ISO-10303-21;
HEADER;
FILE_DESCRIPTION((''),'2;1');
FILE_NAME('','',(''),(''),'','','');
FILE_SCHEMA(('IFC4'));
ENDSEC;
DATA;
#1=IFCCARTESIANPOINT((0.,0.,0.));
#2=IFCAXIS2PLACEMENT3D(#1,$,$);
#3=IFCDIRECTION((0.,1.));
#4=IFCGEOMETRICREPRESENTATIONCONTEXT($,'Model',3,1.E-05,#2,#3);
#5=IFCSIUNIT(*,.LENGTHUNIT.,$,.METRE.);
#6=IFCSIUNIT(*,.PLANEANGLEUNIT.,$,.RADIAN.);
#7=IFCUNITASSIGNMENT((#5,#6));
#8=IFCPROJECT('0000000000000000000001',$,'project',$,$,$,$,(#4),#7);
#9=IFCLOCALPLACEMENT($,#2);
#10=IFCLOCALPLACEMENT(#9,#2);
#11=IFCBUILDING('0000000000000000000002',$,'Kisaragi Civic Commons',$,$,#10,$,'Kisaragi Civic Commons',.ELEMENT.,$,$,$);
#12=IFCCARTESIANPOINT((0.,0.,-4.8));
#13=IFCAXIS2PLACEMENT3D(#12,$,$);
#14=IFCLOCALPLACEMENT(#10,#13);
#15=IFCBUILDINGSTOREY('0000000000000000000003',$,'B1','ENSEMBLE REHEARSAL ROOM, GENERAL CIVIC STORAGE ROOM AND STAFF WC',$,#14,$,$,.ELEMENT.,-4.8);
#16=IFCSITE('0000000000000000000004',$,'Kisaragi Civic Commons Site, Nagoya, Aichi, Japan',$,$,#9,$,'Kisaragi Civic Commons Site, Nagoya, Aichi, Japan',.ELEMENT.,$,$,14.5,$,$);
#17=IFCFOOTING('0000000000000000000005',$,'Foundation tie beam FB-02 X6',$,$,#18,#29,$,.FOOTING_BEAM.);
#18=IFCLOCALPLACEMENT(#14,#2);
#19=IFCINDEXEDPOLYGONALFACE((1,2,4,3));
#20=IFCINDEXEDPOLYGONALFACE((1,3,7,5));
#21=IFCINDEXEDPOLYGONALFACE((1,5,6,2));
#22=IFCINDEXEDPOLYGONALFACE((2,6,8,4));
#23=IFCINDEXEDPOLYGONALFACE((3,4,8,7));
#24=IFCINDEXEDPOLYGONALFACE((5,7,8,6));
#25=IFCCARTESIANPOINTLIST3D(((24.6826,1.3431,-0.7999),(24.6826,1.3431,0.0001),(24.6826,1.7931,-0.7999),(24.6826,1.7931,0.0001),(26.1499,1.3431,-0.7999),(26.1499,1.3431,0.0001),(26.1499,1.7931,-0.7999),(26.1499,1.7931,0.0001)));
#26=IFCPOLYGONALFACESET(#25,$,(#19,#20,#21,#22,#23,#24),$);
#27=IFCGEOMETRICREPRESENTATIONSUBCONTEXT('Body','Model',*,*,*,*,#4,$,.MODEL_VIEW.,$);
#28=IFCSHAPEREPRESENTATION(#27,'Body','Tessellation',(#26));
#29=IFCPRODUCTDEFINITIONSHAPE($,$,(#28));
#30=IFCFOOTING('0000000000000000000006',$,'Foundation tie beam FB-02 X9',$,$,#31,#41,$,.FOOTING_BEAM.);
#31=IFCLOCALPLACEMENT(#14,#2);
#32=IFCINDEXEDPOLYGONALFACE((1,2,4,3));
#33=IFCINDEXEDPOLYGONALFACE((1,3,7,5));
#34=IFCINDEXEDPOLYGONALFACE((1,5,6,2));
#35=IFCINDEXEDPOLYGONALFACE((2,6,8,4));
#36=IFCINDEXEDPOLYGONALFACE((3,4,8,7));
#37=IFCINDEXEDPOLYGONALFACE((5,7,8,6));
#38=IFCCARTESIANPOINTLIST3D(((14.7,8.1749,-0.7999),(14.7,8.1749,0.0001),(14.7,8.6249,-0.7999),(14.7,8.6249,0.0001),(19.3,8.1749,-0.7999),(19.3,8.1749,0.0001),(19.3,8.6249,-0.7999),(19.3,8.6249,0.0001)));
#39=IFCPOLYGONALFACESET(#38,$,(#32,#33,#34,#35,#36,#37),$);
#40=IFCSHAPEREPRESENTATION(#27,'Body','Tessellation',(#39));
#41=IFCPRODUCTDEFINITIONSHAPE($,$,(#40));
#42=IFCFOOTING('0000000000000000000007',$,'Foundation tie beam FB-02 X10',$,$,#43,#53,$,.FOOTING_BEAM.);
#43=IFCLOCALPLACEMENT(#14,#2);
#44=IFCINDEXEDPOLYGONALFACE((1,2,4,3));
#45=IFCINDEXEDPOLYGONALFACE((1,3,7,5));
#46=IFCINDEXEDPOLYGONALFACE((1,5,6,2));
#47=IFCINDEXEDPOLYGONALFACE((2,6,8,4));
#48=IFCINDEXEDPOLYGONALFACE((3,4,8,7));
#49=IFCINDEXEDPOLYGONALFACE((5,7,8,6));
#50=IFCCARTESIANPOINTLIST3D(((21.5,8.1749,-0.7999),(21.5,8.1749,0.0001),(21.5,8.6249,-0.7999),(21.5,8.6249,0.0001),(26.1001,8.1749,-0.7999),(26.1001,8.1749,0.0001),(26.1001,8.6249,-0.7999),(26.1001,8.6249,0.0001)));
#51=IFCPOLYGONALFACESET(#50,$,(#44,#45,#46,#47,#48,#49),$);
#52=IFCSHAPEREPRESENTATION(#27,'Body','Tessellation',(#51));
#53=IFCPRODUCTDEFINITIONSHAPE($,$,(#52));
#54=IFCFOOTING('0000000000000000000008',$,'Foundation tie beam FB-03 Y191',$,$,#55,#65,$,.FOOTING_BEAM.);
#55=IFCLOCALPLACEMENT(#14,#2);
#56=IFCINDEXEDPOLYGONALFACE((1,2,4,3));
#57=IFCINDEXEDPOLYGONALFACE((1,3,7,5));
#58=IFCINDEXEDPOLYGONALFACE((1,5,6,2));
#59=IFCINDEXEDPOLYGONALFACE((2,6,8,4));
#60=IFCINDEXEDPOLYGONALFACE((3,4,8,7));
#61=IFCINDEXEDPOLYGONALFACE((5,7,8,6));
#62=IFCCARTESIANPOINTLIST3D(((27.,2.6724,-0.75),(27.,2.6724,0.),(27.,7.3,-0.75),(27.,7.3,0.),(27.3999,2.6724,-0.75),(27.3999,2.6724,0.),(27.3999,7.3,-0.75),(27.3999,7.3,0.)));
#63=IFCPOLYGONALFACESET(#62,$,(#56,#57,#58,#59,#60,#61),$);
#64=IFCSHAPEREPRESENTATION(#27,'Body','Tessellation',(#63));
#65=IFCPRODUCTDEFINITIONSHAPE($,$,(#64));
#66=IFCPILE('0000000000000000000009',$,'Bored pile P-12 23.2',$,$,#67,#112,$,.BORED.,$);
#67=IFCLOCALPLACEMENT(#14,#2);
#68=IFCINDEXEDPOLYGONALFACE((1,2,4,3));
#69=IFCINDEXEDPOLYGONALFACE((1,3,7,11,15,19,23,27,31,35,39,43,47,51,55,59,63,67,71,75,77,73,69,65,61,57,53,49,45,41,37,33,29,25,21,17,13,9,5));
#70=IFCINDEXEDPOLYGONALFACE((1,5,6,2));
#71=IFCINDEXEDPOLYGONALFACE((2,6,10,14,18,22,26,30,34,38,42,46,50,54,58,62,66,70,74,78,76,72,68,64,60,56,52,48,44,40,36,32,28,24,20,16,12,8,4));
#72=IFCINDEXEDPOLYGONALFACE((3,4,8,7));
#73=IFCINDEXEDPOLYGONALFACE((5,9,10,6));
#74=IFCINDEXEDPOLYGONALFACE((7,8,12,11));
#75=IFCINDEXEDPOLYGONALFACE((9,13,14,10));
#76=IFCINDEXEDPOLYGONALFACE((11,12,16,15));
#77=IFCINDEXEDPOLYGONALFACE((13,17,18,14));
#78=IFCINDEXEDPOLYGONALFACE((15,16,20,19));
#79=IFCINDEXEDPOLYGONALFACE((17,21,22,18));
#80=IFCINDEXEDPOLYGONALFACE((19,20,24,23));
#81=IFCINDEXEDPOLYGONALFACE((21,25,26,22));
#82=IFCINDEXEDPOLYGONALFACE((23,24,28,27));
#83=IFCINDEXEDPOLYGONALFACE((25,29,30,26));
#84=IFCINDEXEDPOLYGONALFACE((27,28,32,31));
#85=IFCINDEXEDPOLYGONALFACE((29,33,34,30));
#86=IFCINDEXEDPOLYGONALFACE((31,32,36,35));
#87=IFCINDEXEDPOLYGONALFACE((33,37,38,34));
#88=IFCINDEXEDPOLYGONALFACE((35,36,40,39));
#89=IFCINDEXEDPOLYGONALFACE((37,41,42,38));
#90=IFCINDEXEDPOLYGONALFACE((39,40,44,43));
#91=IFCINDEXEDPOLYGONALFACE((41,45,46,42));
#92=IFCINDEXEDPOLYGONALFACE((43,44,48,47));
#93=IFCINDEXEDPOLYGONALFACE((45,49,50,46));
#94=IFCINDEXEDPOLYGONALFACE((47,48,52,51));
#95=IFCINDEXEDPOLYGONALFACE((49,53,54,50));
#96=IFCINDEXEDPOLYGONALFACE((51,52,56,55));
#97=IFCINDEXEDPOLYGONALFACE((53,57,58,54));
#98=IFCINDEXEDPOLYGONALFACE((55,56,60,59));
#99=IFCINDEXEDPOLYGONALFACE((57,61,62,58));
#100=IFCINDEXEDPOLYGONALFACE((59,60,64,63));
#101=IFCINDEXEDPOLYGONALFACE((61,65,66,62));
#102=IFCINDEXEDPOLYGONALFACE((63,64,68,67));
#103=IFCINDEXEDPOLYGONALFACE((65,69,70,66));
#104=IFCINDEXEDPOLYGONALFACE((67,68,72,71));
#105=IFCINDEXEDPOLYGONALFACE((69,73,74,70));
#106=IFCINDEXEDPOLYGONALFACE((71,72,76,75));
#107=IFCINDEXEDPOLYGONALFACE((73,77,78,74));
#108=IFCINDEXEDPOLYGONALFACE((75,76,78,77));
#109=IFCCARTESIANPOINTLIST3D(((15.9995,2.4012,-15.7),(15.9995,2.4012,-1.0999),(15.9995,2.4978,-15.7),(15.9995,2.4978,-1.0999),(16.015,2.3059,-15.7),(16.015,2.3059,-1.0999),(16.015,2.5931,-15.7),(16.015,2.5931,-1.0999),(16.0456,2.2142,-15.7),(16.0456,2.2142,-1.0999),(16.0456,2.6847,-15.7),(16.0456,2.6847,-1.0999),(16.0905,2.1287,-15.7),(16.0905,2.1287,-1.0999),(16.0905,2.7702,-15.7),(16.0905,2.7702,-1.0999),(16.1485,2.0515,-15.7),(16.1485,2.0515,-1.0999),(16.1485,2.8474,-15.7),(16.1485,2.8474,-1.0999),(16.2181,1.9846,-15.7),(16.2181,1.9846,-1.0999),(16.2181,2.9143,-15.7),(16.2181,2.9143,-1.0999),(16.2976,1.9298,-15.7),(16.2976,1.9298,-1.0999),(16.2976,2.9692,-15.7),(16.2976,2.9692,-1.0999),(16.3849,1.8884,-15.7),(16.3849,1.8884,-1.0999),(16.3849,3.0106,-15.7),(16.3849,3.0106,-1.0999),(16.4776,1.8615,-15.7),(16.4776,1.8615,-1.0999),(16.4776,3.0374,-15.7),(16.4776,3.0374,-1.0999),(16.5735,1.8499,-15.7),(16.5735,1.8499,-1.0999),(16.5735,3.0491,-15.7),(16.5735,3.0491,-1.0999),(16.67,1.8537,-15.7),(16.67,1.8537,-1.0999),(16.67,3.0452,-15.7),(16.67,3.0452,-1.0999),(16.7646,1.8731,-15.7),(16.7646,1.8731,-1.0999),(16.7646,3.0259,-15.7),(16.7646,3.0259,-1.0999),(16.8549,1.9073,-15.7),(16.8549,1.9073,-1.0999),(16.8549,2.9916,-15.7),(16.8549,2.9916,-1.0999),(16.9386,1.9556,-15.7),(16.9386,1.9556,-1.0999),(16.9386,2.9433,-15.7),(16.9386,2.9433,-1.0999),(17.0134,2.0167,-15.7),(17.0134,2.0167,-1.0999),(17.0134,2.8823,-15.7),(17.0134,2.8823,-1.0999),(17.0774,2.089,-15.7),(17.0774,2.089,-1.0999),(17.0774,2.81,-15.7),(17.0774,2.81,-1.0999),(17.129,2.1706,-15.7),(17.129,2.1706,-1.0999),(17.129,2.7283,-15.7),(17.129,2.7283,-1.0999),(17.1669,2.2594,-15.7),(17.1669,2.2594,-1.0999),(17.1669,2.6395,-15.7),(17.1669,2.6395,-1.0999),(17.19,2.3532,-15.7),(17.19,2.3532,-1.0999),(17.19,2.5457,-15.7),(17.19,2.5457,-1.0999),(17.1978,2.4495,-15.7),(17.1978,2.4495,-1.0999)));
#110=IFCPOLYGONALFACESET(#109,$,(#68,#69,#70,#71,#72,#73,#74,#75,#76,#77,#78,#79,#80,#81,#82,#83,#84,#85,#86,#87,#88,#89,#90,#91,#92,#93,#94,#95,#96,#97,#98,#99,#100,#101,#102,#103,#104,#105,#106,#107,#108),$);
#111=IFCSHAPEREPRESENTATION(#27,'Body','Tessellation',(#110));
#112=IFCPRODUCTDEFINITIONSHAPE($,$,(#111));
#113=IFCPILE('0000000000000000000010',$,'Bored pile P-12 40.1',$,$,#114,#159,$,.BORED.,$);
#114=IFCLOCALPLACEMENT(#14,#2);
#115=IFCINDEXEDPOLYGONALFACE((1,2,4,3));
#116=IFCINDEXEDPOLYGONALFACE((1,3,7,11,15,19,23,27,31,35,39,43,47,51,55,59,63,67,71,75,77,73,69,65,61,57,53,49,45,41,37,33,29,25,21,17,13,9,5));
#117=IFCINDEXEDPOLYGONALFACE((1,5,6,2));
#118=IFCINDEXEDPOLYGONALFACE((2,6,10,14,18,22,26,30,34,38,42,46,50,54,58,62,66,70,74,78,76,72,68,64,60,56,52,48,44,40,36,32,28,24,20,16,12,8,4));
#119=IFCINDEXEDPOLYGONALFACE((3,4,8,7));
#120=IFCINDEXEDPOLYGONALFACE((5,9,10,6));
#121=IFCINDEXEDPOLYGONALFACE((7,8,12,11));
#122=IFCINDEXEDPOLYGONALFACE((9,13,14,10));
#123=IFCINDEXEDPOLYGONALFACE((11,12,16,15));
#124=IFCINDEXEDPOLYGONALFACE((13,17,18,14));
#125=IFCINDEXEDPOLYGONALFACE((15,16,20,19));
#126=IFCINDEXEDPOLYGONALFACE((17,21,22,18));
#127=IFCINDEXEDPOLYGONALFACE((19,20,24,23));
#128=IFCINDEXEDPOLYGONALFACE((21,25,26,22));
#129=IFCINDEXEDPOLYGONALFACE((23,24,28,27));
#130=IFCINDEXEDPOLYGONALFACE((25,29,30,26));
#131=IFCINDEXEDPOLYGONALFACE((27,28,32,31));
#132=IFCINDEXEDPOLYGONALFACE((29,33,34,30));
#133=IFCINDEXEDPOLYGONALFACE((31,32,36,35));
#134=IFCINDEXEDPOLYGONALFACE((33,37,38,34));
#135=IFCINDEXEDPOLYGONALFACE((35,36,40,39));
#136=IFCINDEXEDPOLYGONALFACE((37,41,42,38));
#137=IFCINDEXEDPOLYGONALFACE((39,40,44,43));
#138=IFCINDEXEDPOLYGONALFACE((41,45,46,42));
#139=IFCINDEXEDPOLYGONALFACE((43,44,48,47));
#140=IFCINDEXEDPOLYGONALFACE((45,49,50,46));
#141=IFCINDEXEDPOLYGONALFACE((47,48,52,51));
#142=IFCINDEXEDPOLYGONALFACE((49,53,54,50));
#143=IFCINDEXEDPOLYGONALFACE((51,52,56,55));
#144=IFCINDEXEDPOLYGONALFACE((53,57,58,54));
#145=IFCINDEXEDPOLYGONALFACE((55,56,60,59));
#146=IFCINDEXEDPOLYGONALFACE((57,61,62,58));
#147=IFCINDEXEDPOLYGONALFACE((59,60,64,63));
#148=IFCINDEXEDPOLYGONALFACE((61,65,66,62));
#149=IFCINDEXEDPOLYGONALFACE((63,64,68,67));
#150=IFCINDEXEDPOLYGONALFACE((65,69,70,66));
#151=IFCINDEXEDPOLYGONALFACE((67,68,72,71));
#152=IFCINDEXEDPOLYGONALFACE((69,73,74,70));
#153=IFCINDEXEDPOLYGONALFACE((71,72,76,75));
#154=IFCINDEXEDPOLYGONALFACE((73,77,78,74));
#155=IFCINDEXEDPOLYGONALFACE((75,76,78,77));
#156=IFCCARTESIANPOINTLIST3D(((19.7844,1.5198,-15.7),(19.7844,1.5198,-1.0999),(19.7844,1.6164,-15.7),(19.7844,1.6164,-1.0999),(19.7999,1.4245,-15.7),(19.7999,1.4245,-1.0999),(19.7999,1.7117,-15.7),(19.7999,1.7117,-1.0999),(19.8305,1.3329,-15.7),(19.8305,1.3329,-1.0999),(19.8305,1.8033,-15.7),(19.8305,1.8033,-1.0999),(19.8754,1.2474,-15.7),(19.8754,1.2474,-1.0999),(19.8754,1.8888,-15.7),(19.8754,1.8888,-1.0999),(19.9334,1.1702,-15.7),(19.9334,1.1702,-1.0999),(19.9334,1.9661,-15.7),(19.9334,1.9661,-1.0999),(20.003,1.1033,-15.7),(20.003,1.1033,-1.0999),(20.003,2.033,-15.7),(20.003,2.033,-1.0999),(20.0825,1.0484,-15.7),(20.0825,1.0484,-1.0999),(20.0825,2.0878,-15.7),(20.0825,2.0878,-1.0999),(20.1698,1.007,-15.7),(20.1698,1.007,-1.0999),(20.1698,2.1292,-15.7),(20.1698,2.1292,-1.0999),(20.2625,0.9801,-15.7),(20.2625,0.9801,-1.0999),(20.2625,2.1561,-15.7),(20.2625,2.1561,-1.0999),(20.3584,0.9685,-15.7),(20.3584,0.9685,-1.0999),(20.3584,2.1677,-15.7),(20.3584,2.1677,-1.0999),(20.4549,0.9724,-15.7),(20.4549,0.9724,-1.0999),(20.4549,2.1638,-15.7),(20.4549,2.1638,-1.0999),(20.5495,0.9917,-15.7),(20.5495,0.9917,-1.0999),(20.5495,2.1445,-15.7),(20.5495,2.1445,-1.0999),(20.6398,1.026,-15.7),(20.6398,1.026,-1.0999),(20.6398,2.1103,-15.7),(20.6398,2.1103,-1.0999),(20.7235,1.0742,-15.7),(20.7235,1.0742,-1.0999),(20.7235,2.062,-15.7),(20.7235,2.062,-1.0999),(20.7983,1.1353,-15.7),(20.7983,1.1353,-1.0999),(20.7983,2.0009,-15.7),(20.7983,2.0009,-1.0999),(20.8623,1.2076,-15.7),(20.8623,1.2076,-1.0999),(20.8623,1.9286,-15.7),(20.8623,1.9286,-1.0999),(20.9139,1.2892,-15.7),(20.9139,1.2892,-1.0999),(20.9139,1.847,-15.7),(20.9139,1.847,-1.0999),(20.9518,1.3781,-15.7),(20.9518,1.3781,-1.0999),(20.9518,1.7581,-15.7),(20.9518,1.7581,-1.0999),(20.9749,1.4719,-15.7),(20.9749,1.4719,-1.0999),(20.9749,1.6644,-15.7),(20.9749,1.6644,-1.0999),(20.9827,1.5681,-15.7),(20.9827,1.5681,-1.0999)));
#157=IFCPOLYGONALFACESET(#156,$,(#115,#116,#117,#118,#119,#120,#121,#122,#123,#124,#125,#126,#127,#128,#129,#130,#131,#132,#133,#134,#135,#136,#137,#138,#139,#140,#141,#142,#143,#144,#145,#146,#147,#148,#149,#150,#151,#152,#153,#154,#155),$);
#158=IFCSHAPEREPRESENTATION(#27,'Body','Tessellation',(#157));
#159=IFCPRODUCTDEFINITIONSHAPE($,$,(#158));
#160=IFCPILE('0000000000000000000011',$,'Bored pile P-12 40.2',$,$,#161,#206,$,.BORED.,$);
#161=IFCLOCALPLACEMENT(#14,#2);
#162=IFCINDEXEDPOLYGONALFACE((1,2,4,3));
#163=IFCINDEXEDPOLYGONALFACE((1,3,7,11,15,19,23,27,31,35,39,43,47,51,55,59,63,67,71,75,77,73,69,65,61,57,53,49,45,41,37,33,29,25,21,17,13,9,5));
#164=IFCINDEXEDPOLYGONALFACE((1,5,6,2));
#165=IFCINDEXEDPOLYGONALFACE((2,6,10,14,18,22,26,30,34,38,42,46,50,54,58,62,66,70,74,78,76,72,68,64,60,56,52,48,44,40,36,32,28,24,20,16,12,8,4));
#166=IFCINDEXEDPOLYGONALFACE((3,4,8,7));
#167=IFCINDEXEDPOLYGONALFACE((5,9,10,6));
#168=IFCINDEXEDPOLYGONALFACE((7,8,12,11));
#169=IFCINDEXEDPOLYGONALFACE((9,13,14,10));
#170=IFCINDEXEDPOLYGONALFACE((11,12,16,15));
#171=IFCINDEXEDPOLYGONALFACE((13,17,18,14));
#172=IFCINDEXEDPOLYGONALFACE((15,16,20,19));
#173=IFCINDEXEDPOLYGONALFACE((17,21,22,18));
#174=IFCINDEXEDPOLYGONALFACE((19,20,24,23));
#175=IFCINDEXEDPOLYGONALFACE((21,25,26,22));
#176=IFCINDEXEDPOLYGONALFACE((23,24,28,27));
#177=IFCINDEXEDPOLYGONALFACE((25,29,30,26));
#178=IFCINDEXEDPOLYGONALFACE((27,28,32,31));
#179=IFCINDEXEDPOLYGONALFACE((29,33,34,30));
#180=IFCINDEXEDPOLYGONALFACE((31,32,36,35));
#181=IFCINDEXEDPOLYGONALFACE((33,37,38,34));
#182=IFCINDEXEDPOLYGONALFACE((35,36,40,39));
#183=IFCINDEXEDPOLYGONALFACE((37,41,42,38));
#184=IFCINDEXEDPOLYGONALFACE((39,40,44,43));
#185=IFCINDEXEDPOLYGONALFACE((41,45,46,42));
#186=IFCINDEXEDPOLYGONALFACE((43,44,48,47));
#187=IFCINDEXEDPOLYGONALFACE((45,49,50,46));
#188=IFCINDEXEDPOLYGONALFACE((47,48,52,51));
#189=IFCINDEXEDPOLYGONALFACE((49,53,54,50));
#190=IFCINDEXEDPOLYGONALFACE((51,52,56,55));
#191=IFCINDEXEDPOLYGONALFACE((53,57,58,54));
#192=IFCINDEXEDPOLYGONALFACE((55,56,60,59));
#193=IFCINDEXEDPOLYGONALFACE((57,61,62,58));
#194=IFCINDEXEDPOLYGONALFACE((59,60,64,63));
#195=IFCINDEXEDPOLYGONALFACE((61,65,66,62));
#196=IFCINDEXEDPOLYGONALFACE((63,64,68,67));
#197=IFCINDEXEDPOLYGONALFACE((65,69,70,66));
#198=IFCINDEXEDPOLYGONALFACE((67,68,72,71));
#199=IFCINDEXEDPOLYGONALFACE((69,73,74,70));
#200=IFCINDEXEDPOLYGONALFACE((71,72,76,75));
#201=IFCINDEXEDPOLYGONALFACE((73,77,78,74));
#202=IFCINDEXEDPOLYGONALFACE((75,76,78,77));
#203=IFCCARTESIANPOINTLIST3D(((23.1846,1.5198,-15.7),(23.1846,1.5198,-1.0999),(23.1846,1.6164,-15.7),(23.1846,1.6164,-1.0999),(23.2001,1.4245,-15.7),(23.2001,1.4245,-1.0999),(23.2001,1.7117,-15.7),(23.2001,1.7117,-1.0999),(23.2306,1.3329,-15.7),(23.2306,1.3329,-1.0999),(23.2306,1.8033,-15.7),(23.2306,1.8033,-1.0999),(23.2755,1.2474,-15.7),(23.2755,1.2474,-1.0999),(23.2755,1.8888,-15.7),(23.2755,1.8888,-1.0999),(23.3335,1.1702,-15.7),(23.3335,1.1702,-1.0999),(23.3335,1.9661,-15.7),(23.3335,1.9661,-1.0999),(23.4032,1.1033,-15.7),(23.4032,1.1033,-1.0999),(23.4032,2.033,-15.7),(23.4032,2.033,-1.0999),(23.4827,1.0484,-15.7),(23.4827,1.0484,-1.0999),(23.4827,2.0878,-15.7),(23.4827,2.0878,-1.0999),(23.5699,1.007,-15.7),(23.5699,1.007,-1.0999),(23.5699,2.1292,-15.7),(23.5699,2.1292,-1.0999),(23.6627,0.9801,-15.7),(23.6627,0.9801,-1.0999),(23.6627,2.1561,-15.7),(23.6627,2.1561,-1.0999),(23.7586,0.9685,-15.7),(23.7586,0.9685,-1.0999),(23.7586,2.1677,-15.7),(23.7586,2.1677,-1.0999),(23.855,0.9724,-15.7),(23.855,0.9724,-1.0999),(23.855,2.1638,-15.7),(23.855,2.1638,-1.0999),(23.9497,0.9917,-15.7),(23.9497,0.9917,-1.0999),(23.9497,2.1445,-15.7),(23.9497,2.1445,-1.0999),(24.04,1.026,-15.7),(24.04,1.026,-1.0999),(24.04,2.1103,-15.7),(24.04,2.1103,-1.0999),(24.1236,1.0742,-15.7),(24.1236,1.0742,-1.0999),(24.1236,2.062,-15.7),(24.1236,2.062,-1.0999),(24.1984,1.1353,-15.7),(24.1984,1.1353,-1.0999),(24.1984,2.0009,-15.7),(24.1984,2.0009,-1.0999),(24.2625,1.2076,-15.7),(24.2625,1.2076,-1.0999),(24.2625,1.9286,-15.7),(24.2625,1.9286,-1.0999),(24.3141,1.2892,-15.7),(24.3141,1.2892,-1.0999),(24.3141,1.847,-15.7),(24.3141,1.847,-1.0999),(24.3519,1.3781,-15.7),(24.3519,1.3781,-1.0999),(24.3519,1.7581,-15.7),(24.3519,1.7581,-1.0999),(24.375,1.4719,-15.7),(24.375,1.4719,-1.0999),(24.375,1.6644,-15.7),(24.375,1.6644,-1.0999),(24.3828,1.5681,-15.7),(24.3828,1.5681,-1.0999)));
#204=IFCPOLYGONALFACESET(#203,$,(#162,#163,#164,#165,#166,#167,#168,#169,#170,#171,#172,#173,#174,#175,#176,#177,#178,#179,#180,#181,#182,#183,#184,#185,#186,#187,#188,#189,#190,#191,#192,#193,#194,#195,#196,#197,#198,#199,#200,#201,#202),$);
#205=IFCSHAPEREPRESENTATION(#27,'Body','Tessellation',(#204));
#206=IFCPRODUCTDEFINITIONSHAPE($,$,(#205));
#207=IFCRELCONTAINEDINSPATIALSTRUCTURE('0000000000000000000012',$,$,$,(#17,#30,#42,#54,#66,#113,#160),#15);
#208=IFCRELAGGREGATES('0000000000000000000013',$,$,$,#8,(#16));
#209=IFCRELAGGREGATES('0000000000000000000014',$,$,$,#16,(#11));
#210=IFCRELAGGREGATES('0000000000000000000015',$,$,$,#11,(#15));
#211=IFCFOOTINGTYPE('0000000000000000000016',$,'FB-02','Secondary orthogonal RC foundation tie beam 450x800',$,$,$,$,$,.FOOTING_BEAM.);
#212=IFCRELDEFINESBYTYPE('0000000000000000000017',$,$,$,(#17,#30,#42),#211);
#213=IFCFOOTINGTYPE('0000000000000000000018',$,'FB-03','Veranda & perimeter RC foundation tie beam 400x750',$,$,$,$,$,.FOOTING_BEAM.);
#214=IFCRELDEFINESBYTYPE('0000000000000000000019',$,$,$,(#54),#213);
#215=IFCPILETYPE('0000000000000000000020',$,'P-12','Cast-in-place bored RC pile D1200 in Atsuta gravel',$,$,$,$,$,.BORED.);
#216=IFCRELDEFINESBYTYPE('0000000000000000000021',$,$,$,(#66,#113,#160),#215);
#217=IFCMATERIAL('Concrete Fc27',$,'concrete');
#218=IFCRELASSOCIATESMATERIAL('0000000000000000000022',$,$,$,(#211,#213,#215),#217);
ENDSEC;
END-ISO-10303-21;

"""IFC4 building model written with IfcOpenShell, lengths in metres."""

from ifc_helpers import new_model, si_unit, direction, frame, origin, origin_2d, place, context, subcontext, project, spatial, rectangle, circle, extrude, material, material_profile, profile_set, type_object, element, save


model = new_model("IFC4")

# Units and contexts
model_context = context("Model", 3, precision=1e-05, world=origin(), true_north=direction((0.0, 1.0)))
body_context = subcontext(model_context, "Body", "Model", "MODEL_VIEW")
ifc_project = project(units=[si_unit("LENGTHUNIT", "METRE"), si_unit("PLANEANGLEUNIT", "RADIAN")], contexts=[model_context])

# Site, building, storey
site_placement = place(None, origin())
site = spatial("IfcSite", under=ifc_project, at=site_placement, Name="Kisaragi Civic Commons Site, Nagoya, Aichi, Japan", LongName="Kisaragi Civic Commons Site, Nagoya, Aichi, Japan", CompositionType="ELEMENT", RefElevation=14.5)
building_placement = place(site_placement, origin())
building = spatial("IfcBuilding", under=site, at=building_placement, Name="Kisaragi Civic Commons", LongName="Kisaragi Civic Commons", CompositionType="ELEMENT")
storey_placement = place(building_placement, frame((0.0, 0.0, -4.8)))
storey = spatial("IfcBuildingStorey", under=building, at=storey_placement, Name="B1", Description="ENSEMBLE REHEARSAL ROOM, GENERAL CIVIC STORAGE ROOM AND STAFF WC", CompositionType="ELEMENT", Elevation=-4.8)

# Footings
ifc_material_1 = material(Name="Concrete Fc27", Category="concrete")
ifc_material_profile_1 = material_profile(ifc_material_1, rectangle(XDim=0.45, YDim=0.8, at=origin_2d()), Name="RC-450x800", Category="concrete")
ifc_profile_set_1 = profile_set([ifc_material_profile_1], Name="Concrete Fc27")
footing_type_1 = type_object("IfcFootingType", Name="FB-02", Description="Secondary orthogonal RC foundation tie beam 450x800", PredefinedType="FOOTING_BEAM", material=ifc_profile_set_1)
footing_1_placement = place(storey_placement, frame((24.6826, 1.5681, -0.3999), z_axis=(1.0, 0.0, 0.0), x_axis=(0.0, 1.0, 0.0)))
element("IfcFooting", 1, at=footing_1_placement, inside=storey, type_object=footing_type_1, Name="Foundation tie beam FB-02 X6", PredefinedType="FOOTING_BEAM", context=body_context, shape_type="SweptSolid", body=[
    extrude(rectangle(XDim=0.45, YDim=0.8, at=origin_2d()), origin(), (0.0, 0.0, 1.0), 1.4673),
])
for number, where, z_axis, x_axis, name in (
    (2, (14.7, 8.3999, -0.3999), (1.0, 0.0, 0.0), (0.0, 1.0, 0.0), "Foundation tie beam FB-02 X9"),
    (3, (21.5, 8.3999, -0.3999), (1.0, 0.0, 0.0), (0.0, 1.0, 0.0), "Foundation tie beam FB-02 X10"),
):
    element("IfcFooting", number, at=place(storey_placement, frame(where, z_axis=z_axis, x_axis=x_axis)), inside=storey, type_object=footing_type_1, Name=name, PredefinedType="FOOTING_BEAM", context=body_context, shape_type="SweptSolid", body=[
        extrude(rectangle(XDim=0.45, YDim=0.8, at=origin_2d()), origin(), (0.0, 0.0, 1.0), 4.6001),
    ])
ifc_material_profile_2 = material_profile(ifc_material_1, rectangle(XDim=0.3999, YDim=0.75, at=origin_2d()), Name="RC-400x750", Category="concrete")
ifc_profile_set_2 = profile_set([ifc_material_profile_2], Name="Concrete Fc27")
footing_type_2 = type_object("IfcFootingType", Name="FB-03", Description="Veranda & perimeter RC foundation tie beam 400x750", PredefinedType="FOOTING_BEAM", material=ifc_profile_set_2)
footing_2_placement = place(storey_placement, frame((27.2, 2.6724, -0.375), z_axis=(0.0, 1.0, 0.0), x_axis=(-1.0, 0.0, 0.0)))
element("IfcFooting", 4, at=footing_2_placement, inside=storey, type_object=footing_type_2, Name="Foundation tie beam FB-03 Y191", PredefinedType="FOOTING_BEAM", context=body_context, shape_type="SweptSolid", body=[
    extrude(rectangle(XDim=0.3999, YDim=0.75, at=origin_2d()), origin(), (0.0, 0.0, 1.0), 4.6277),
])

# Piles
ifc_material_profile_3 = material_profile(ifc_material_1, circle(Radius=0.6001, at=origin_2d()), Name="PILE-D1200", Category="concrete")
ifc_profile_set_3 = profile_set([ifc_material_profile_3], Name="Concrete Fc27")
pile_type = type_object("IfcPileType", Name="P-12", Description="Cast-in-place bored RC pile D1200 in Atsuta gravel", PredefinedType="BORED", material=ifc_profile_set_3)
for number, where, z_axis, x_axis, name in (
    (5, (16.5977, 2.4495, -1.0999), (0.0, 0.0, -1.0), (1.0, 0.0, 0.0), "Bored pile P-12 23.2"),
    (6, (20.3826, 1.5681, -1.0999), (0.0, 0.0, -1.0), (1.0, 0.0, 0.0), "Bored pile P-12 40.1"),
    (7, (23.7827, 1.5681, -1.0999), (0.0, 0.0, -1.0), (1.0, 0.0, 0.0), "Bored pile P-12 40.2"),
):
    element("IfcPile", number, at=place(storey_placement, frame(where, z_axis=z_axis, x_axis=x_axis)), inside=storey, type_object=pile_type, Name=name, PredefinedType="BORED", context=body_context, shape_type="SweptSolid", body=[
        extrude(circle(Radius=0.6001, at=origin_2d()), origin(), (0.0, 0.0, 1.0), 14.6001),
    ])

save(model, "model.ifc")
